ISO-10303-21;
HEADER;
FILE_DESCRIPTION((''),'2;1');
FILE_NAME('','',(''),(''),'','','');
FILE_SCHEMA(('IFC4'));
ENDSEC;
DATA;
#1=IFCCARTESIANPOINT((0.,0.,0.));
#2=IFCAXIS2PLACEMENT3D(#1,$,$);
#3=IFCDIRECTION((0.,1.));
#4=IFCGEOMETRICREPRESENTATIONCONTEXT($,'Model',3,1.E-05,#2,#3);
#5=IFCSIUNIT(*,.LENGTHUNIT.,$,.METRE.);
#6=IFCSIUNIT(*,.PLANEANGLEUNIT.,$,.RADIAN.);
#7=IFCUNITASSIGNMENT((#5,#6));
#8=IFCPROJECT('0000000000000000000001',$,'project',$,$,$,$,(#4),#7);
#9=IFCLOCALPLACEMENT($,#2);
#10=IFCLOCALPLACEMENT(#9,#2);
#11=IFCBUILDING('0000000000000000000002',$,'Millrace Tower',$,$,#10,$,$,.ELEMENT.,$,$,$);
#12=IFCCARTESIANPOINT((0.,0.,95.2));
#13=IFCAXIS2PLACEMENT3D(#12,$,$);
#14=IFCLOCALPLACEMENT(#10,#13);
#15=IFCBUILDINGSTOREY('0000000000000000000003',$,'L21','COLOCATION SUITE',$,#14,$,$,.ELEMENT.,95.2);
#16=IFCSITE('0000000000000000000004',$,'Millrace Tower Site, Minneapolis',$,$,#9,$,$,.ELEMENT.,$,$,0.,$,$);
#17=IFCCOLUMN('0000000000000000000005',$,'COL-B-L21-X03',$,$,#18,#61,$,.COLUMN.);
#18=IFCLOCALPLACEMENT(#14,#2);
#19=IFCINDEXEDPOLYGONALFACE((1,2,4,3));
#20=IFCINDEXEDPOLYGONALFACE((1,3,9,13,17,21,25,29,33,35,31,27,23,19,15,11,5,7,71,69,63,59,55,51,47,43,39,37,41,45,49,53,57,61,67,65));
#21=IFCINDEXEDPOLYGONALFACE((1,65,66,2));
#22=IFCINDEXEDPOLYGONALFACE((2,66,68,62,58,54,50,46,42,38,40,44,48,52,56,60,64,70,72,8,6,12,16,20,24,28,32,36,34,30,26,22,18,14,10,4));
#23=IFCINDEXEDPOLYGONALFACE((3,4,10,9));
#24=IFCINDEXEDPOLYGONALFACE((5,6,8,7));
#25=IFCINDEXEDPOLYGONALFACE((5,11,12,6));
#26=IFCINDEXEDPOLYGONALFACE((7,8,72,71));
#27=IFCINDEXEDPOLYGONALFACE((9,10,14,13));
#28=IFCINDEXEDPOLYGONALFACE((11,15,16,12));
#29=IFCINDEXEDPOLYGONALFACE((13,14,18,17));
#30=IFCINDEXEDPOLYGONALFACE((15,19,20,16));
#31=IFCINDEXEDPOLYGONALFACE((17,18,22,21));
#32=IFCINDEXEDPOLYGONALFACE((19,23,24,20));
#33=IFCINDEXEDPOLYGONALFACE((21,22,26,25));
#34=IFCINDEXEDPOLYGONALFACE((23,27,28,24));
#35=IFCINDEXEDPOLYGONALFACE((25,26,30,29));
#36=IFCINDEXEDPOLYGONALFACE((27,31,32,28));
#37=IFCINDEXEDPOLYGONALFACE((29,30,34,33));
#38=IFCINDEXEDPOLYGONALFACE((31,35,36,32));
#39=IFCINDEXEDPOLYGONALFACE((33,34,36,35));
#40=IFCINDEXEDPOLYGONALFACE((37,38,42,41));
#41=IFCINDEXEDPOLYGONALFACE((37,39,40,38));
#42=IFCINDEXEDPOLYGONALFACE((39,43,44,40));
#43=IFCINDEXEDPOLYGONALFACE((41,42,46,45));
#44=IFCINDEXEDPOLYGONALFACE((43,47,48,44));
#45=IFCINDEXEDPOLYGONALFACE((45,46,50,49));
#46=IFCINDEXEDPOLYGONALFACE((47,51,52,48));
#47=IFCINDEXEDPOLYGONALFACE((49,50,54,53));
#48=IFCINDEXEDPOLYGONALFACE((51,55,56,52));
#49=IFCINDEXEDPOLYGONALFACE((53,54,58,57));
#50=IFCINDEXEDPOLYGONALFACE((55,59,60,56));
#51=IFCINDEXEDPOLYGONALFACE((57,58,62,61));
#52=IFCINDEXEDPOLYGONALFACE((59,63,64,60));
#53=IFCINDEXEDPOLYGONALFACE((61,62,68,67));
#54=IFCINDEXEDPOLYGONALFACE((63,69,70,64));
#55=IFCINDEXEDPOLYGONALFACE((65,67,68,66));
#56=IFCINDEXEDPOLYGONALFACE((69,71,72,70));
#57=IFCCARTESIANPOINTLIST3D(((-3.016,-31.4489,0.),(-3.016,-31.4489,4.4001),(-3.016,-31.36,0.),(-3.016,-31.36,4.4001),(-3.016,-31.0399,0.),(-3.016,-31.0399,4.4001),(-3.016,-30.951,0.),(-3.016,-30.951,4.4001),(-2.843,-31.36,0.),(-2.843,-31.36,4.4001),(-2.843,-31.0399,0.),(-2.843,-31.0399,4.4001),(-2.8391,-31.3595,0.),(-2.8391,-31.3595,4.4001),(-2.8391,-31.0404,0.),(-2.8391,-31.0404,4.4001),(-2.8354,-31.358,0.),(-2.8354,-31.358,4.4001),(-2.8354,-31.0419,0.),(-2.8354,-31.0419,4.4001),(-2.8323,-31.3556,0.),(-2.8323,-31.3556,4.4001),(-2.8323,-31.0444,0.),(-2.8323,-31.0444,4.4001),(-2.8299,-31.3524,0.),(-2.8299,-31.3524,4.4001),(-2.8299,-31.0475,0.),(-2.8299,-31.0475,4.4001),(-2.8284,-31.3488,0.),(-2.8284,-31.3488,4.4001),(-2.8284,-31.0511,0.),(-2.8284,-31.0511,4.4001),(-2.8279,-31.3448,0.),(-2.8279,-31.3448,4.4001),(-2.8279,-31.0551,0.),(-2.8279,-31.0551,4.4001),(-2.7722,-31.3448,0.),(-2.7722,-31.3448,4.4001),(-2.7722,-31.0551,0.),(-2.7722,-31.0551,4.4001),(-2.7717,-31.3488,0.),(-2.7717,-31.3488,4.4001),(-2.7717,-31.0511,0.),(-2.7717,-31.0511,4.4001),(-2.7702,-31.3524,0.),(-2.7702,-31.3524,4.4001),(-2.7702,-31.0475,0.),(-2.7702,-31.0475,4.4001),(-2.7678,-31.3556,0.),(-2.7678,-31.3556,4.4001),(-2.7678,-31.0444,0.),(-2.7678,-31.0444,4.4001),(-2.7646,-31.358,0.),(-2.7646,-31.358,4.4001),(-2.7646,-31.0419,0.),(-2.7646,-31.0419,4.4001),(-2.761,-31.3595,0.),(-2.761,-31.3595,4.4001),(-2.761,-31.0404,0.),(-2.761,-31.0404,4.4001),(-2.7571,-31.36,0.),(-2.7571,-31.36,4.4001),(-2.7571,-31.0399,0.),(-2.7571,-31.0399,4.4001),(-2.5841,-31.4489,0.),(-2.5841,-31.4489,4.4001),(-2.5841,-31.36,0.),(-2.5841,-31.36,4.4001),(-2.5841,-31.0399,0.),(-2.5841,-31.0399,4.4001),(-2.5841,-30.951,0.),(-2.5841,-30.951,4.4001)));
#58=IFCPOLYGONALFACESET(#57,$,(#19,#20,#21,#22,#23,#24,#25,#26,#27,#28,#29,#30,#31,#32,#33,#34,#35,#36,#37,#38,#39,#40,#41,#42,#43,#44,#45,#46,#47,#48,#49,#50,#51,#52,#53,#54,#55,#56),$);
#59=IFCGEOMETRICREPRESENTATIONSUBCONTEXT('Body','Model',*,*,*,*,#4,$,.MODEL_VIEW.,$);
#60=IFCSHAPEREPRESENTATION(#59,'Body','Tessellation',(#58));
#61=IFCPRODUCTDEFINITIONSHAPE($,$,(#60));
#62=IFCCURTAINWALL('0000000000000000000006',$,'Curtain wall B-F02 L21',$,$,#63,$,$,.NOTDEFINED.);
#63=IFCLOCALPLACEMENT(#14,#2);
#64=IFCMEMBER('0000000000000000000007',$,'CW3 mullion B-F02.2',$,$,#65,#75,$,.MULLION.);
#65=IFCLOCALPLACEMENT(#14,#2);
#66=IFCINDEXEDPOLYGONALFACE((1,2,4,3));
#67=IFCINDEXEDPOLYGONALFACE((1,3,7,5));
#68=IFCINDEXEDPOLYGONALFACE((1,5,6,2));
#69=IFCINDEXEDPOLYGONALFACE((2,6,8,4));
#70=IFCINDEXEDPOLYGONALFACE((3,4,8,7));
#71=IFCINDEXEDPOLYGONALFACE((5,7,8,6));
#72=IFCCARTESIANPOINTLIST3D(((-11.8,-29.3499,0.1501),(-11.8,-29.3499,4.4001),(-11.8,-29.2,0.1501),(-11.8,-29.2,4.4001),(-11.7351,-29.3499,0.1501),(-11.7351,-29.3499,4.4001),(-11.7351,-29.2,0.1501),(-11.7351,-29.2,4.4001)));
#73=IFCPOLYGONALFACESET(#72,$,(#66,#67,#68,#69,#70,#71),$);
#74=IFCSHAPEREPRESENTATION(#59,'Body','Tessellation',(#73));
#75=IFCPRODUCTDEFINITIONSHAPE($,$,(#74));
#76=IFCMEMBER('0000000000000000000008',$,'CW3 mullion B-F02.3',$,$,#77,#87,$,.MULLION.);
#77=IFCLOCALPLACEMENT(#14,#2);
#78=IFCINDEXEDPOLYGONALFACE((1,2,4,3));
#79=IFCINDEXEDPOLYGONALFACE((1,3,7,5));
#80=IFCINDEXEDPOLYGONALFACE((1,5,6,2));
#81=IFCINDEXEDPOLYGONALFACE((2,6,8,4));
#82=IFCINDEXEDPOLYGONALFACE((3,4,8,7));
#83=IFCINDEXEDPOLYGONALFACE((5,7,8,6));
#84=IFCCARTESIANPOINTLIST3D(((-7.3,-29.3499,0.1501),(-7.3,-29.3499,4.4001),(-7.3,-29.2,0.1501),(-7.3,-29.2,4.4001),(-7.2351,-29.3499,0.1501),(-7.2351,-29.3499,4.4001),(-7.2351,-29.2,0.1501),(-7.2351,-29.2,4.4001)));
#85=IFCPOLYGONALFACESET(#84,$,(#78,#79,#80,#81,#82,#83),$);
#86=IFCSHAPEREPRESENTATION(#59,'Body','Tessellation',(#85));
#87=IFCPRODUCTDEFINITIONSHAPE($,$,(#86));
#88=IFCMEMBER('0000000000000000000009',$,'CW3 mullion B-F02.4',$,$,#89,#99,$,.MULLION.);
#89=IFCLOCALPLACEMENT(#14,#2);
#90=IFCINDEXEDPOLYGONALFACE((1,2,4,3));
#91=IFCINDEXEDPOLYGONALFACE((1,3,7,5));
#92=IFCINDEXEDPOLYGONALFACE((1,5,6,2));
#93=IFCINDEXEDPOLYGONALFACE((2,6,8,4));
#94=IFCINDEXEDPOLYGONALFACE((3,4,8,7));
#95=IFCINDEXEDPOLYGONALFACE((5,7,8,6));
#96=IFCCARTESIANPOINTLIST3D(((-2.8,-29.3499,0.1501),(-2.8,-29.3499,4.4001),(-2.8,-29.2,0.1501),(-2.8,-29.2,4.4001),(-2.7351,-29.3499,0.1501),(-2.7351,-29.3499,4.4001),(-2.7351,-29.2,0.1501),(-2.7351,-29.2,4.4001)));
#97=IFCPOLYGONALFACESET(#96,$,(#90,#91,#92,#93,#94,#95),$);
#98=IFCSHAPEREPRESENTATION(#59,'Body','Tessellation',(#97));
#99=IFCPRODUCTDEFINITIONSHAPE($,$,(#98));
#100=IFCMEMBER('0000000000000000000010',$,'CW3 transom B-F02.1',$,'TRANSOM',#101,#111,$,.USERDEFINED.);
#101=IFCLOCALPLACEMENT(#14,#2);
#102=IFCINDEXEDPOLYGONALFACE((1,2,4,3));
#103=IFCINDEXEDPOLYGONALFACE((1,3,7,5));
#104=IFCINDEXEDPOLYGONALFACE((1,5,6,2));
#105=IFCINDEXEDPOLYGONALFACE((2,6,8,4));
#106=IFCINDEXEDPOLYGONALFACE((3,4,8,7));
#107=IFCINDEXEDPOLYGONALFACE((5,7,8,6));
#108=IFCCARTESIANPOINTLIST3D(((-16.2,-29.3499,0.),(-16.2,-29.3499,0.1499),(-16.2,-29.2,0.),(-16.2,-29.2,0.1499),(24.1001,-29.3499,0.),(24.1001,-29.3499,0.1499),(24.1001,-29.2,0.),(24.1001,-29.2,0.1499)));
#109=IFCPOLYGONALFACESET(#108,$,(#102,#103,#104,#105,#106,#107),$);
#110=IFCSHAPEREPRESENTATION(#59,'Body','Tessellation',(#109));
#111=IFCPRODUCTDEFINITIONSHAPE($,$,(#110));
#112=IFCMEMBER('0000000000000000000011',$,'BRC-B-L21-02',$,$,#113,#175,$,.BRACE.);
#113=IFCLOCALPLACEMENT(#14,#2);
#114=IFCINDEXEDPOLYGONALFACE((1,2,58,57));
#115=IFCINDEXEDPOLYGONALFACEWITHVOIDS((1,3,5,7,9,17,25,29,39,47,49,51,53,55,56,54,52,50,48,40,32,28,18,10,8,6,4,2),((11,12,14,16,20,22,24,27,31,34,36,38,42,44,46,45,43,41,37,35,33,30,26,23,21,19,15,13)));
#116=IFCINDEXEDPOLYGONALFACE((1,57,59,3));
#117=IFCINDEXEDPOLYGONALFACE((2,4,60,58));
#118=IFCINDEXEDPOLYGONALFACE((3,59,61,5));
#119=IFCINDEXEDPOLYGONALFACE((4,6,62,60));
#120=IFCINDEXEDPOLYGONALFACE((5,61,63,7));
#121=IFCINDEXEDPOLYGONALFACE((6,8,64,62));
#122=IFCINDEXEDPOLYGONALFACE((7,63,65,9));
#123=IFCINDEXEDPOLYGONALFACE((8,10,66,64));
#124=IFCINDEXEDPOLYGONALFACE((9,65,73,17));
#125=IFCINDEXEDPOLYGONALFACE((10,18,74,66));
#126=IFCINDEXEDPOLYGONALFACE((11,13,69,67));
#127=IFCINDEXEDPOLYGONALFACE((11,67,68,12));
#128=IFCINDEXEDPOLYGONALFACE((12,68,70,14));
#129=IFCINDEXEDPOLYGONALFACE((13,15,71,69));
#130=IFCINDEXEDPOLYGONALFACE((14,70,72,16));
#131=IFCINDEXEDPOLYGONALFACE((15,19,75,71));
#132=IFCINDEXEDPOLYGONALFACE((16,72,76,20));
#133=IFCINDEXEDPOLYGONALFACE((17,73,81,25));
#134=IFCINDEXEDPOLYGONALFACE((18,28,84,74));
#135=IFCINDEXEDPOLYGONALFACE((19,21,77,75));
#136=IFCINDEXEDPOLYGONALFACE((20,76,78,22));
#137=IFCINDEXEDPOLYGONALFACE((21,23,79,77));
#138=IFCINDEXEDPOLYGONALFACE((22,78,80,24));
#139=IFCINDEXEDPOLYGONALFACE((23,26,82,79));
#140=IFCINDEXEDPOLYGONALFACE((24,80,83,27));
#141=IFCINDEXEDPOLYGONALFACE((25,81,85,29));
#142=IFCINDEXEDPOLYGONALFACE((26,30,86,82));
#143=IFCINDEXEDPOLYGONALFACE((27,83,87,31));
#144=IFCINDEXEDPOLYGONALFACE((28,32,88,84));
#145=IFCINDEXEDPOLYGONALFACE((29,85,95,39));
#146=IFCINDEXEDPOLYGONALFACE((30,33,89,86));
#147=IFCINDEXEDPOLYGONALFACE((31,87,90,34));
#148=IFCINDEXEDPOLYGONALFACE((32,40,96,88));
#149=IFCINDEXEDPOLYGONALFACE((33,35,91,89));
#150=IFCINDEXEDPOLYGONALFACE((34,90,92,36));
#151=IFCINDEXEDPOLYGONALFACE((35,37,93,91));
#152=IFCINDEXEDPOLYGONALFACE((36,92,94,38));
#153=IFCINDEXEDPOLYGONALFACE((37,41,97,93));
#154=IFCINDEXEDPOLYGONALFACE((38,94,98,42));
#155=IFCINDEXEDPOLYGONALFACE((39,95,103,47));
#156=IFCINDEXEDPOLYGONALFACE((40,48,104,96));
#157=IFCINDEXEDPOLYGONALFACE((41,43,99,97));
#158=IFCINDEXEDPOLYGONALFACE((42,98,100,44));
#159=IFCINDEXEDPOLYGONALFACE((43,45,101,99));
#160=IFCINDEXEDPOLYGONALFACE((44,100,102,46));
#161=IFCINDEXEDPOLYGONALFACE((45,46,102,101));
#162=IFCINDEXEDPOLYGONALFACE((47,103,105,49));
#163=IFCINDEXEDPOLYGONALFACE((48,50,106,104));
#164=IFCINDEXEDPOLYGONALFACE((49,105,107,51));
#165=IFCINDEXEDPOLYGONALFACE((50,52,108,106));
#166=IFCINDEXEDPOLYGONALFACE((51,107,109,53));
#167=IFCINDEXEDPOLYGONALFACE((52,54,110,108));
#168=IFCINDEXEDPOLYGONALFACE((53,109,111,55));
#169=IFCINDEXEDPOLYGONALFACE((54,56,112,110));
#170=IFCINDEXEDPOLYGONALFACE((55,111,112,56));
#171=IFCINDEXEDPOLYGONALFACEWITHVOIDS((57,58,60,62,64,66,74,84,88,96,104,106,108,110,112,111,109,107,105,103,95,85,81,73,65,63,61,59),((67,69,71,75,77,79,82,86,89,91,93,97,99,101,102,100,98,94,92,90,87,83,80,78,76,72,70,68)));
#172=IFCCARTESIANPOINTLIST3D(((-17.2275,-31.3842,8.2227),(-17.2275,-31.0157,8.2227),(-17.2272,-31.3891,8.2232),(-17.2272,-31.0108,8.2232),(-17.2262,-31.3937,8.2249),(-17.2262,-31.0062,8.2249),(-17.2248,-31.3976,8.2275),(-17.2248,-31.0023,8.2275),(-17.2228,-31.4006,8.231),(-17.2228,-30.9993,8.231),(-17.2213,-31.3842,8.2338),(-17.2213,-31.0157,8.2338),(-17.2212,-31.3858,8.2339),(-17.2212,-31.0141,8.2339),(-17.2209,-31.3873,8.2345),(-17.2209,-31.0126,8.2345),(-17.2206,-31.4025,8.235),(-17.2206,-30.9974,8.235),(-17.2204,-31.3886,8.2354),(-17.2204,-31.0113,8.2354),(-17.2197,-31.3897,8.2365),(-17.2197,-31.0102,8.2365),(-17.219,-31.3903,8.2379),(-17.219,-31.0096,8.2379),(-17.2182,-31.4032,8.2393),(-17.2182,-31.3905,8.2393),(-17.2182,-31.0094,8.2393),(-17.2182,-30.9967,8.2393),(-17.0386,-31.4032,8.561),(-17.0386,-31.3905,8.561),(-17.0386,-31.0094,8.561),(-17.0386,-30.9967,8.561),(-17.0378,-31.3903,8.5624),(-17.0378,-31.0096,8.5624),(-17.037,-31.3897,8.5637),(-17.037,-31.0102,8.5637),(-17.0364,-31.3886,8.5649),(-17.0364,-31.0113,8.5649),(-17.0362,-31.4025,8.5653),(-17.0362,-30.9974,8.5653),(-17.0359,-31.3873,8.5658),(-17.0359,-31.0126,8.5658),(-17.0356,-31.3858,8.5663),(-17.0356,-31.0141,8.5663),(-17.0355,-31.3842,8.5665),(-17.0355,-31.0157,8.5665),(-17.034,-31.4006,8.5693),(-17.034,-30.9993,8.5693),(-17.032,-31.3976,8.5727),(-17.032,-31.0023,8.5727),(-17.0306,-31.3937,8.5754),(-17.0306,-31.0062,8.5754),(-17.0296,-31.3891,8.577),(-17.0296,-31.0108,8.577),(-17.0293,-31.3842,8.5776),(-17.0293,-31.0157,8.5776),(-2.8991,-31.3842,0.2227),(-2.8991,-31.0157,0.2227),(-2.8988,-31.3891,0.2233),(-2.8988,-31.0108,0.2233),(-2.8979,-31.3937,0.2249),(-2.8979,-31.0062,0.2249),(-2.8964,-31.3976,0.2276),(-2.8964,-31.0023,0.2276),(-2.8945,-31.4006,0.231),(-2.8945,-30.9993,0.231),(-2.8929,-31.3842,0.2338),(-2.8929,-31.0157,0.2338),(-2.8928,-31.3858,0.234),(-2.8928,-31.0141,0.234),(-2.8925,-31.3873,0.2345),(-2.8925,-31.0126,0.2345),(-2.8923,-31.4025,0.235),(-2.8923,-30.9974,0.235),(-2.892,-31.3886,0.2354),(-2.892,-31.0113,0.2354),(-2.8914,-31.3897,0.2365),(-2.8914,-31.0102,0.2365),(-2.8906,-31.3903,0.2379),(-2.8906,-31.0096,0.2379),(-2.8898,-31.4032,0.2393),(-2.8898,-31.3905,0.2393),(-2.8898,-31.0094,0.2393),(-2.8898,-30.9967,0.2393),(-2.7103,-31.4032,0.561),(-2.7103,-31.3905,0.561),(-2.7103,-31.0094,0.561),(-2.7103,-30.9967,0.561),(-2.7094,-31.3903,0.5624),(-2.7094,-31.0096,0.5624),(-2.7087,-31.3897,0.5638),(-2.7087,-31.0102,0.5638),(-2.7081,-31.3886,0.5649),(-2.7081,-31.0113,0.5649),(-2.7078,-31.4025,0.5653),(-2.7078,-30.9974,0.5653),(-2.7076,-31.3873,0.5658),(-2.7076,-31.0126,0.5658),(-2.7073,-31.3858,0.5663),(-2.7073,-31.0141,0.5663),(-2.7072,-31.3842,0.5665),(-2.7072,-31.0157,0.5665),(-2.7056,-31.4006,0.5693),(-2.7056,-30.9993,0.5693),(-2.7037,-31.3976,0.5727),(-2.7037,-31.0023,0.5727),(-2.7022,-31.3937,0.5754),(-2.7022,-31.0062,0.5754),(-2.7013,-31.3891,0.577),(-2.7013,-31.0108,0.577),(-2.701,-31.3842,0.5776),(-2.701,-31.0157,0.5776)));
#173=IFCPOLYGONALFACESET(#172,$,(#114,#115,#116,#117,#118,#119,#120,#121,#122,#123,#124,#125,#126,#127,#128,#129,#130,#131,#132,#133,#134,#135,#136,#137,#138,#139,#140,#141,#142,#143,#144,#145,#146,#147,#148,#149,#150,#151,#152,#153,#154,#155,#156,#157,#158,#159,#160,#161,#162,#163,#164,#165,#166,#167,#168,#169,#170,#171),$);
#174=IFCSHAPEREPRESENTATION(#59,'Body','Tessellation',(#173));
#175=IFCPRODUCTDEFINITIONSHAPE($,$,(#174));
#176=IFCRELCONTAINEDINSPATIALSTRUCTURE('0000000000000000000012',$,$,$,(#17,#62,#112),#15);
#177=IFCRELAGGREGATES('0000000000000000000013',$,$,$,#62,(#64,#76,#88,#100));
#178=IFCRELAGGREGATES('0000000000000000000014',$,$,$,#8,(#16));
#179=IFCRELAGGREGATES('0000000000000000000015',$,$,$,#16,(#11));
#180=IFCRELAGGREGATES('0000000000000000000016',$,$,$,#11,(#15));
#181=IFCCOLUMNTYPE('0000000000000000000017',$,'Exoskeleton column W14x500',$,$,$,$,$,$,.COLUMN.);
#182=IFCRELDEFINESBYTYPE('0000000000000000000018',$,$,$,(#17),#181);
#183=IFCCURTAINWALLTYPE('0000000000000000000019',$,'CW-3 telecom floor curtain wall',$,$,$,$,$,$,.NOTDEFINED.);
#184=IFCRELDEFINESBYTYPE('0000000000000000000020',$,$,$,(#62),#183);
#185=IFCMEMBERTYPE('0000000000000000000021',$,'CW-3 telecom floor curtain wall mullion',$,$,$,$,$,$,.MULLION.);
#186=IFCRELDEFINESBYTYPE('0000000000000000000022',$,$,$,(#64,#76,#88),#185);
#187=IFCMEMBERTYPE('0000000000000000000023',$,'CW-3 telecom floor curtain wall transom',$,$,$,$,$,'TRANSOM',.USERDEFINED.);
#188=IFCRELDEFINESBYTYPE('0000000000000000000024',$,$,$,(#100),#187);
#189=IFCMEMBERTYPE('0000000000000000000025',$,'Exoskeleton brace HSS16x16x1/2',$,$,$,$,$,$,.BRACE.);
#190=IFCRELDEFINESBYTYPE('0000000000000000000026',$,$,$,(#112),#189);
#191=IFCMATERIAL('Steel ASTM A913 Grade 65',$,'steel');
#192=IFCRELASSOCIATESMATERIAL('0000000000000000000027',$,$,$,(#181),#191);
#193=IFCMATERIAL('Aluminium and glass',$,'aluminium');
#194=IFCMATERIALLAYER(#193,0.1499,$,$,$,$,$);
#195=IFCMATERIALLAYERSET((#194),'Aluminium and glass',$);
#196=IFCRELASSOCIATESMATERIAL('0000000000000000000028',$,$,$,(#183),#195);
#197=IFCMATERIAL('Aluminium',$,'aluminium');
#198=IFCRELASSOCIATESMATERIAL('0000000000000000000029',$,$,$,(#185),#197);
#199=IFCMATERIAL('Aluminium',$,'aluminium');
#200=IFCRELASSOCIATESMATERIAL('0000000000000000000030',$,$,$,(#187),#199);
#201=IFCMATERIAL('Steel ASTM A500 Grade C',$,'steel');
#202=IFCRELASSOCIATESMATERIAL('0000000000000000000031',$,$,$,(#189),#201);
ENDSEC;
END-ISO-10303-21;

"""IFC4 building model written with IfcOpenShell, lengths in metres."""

from ifc_helpers import new_model, si_unit, direction, frame, origin, origin_2d, place, context, subcontext, project, spatial, rectangle, hollow_rectangle, i_section, extrude, material, layer, layer_set, material_profile, profile_set, type_object, element, aggregate, save


model = new_model("IFC4")

# Units and contexts
model_context = context("Model", 3, precision=1e-05, world=origin(), true_north=direction((0.0, 1.0)))
body_context = subcontext(model_context, "Body", "Model", "MODEL_VIEW")
ifc_project = project(units=[si_unit("LENGTHUNIT", "METRE"), si_unit("PLANEANGLEUNIT", "RADIAN")], contexts=[model_context])

# Site, building, storey
site_placement = place(None, origin())
site = spatial("IfcSite", under=ifc_project, at=site_placement, Name="Millrace Tower Site, Minneapolis", CompositionType="ELEMENT", RefElevation=0.0)
building_placement = place(site_placement, origin())
building = spatial("IfcBuilding", under=site, at=building_placement, Name="Millrace Tower", CompositionType="ELEMENT")
storey_placement = place(building_placement, frame((0.0, 0.0, 95.2)))
storey = spatial("IfcBuildingStorey", under=building, at=storey_placement, Name="L21", Description="COLOCATION SUITE", CompositionType="ELEMENT", Elevation=95.2)

# Column
ifc_material_1 = material(Name="Steel ASTM A913 Grade 65", Category="steel")
ifc_material_profile_1 = material_profile(ifc_material_1, i_section(OverallWidth=0.4319, OverallDepth=0.4978, WebThickness=0.0557, FlangeThickness=0.0889, FilletRadius=0.0151, at=origin_2d()))
ifc_profile_set_1 = profile_set([ifc_material_profile_1], Name="Steel ASTM A913 Grade 65")
column_type = type_object("IfcColumnType", Name="Exoskeleton column W14x500", PredefinedType="COLUMN", material=ifc_profile_set_1)
column_placement = place(storey_placement, frame((-2.8, -31.2, 0.0), z_axis=(0.0, 0.0, 1.0), x_axis=(1.0, 0.0, 0.0)))
element("IfcColumn", 1, at=column_placement, inside=storey, type_object=column_type, Name="COL-B-L21-X03", PredefinedType="COLUMN", context=body_context, shape_type="SweptSolid", body=[
    extrude(i_section(OverallWidth=0.4319, OverallDepth=0.4978, WebThickness=0.0557, FlangeThickness=0.0889, FilletRadius=0.0151, at=origin_2d()), origin(), (0.0, 0.0, 1.0), 4.4001),
])

# Curtain wall, members
ifc_material_2 = material(Name="Aluminium and glass", Category="aluminium")
ifc_layer_1 = layer(ifc_material_2, 0.1499)
ifc_layer_set_1 = layer_set([ifc_layer_1], Name="Aluminium and glass")
curtain_wall_type = type_object("IfcCurtainWallType", Name="CW-3 telecom floor curtain wall", PredefinedType="NOTDEFINED", material=ifc_layer_set_1)
curtain_wall_placement = place(storey_placement, origin())
curtain_wall = element("IfcCurtainWall", 2, at=curtain_wall_placement, inside=storey, type_object=curtain_wall_type, Name="Curtain wall B-F02 L21", PredefinedType="NOTDEFINED")
ifc_material_3 = material(Name="Aluminium", Category="aluminium")
ifc_material_profile_2 = material_profile(ifc_material_3, rectangle(XDim=0.0649, YDim=0.1499, at=origin_2d()))
ifc_profile_set_2 = profile_set([ifc_material_profile_2], Name="Aluminium")
member_type_1 = type_object("IfcMemberType", Name="CW-3 telecom floor curtain wall mullion", PredefinedType="MULLION", material=ifc_profile_set_2)
member_1_placement = place(storey_placement, frame((-11.7676, -29.2749, 0.1501), z_axis=(0.0, 0.0, 1.0), x_axis=(1.0, 0.0, 0.0)))
member_1 = element("IfcMember", 3, at=member_1_placement, type_object=member_type_1, Name="CW3 mullion B-F02.2", PredefinedType="MULLION", context=body_context, shape_type="SweptSolid", body=[
    extrude(rectangle(XDim=0.0649, YDim=0.1499, at=origin_2d()), origin(), (0.0, 0.0, 1.0), 4.25),
])
member_2_placement = place(storey_placement, frame((-7.2676, -29.2749, 0.1501), z_axis=(0.0, 0.0, 1.0), x_axis=(1.0, 0.0, 0.0)))
member_2 = element("IfcMember", 4, at=member_2_placement, type_object=member_type_1, Name="CW3 mullion B-F02.3", PredefinedType="MULLION", context=body_context, shape_type="SweptSolid", body=[
    extrude(rectangle(XDim=0.0649, YDim=0.1499, at=origin_2d()), origin(), (0.0, 0.0, 1.0), 4.25),
])
member_3_placement = place(storey_placement, frame((-2.7676, -29.2749, 0.1501), z_axis=(0.0, 0.0, 1.0), x_axis=(1.0, 0.0, 0.0)))
member_3 = element("IfcMember", 5, at=member_3_placement, type_object=member_type_1, Name="CW3 mullion B-F02.4", PredefinedType="MULLION", context=body_context, shape_type="SweptSolid", body=[
    extrude(rectangle(XDim=0.0649, YDim=0.1499, at=origin_2d()), origin(), (0.0, 0.0, 1.0), 4.25),
])
ifc_material_4 = material(Name="Aluminium", Category="aluminium")
ifc_material_profile_3 = material_profile(ifc_material_4, rectangle(XDim=0.1499, YDim=0.1499, at=origin_2d()))
ifc_profile_set_3 = profile_set([ifc_material_profile_3], Name="Aluminium")
member_type_2 = type_object("IfcMemberType", Name="CW-3 telecom floor curtain wall transom", ElementType="TRANSOM", PredefinedType="USERDEFINED", material=ifc_profile_set_3)
member_4_placement = place(storey_placement, frame((-16.2, -29.2749, 0.075), z_axis=(1.0, 0.0, 0.0), x_axis=(0.0, 1.0, 0.0)))
member_4 = element("IfcMember", 6, at=member_4_placement, type_object=member_type_2, Name="CW3 transom B-F02.1", ObjectType="TRANSOM", PredefinedType="USERDEFINED", context=body_context, shape_type="SweptSolid", body=[
    extrude(rectangle(XDim=0.1499, YDim=0.1499, at=origin_2d()), origin(), (0.0, 0.0, 1.0), 40.3),
])
aggregate(curtain_wall, [member_1, member_2, member_3, member_4])

# Member
ifc_material_5 = material(Name="Steel ASTM A500 Grade C", Category="steel")
ifc_material_profile_4 = material_profile(ifc_material_5, hollow_rectangle(XDim=0.4065, YDim=0.4065, WallThickness=0.0127, InnerFilletRadius=0.0063, OuterFilletRadius=0.019, at=origin_2d()))
ifc_profile_set_4 = profile_set([ifc_material_profile_4], Name="Steel ASTM A500 Grade C")
member_type_3 = type_object("IfcMemberType", Name="Exoskeleton brace HSS16x16x1/2", PredefinedType="BRACE", material=ifc_profile_set_4)
member_5_placement = place(storey_placement, frame((-2.8, -31.2, 0.4001), z_axis=(-0.873126, 0.0, 0.487495), x_axis=(0.0, -1.0, 0.0)))
element("IfcMember", 7, at=member_5_placement, inside=storey, type_object=member_type_3, Name="BRC-B-L21-02", PredefinedType="BRACE", context=body_context, shape_type="SweptSolid", body=[
    extrude(hollow_rectangle(XDim=0.4065, YDim=0.4065, WallThickness=0.0127, InnerFilletRadius=0.0063, OuterFilletRadius=0.019, at=origin_2d()), origin(), (0.0, 0.0, 1.0), 16.4104),
])

save(model, "model.ifc")
